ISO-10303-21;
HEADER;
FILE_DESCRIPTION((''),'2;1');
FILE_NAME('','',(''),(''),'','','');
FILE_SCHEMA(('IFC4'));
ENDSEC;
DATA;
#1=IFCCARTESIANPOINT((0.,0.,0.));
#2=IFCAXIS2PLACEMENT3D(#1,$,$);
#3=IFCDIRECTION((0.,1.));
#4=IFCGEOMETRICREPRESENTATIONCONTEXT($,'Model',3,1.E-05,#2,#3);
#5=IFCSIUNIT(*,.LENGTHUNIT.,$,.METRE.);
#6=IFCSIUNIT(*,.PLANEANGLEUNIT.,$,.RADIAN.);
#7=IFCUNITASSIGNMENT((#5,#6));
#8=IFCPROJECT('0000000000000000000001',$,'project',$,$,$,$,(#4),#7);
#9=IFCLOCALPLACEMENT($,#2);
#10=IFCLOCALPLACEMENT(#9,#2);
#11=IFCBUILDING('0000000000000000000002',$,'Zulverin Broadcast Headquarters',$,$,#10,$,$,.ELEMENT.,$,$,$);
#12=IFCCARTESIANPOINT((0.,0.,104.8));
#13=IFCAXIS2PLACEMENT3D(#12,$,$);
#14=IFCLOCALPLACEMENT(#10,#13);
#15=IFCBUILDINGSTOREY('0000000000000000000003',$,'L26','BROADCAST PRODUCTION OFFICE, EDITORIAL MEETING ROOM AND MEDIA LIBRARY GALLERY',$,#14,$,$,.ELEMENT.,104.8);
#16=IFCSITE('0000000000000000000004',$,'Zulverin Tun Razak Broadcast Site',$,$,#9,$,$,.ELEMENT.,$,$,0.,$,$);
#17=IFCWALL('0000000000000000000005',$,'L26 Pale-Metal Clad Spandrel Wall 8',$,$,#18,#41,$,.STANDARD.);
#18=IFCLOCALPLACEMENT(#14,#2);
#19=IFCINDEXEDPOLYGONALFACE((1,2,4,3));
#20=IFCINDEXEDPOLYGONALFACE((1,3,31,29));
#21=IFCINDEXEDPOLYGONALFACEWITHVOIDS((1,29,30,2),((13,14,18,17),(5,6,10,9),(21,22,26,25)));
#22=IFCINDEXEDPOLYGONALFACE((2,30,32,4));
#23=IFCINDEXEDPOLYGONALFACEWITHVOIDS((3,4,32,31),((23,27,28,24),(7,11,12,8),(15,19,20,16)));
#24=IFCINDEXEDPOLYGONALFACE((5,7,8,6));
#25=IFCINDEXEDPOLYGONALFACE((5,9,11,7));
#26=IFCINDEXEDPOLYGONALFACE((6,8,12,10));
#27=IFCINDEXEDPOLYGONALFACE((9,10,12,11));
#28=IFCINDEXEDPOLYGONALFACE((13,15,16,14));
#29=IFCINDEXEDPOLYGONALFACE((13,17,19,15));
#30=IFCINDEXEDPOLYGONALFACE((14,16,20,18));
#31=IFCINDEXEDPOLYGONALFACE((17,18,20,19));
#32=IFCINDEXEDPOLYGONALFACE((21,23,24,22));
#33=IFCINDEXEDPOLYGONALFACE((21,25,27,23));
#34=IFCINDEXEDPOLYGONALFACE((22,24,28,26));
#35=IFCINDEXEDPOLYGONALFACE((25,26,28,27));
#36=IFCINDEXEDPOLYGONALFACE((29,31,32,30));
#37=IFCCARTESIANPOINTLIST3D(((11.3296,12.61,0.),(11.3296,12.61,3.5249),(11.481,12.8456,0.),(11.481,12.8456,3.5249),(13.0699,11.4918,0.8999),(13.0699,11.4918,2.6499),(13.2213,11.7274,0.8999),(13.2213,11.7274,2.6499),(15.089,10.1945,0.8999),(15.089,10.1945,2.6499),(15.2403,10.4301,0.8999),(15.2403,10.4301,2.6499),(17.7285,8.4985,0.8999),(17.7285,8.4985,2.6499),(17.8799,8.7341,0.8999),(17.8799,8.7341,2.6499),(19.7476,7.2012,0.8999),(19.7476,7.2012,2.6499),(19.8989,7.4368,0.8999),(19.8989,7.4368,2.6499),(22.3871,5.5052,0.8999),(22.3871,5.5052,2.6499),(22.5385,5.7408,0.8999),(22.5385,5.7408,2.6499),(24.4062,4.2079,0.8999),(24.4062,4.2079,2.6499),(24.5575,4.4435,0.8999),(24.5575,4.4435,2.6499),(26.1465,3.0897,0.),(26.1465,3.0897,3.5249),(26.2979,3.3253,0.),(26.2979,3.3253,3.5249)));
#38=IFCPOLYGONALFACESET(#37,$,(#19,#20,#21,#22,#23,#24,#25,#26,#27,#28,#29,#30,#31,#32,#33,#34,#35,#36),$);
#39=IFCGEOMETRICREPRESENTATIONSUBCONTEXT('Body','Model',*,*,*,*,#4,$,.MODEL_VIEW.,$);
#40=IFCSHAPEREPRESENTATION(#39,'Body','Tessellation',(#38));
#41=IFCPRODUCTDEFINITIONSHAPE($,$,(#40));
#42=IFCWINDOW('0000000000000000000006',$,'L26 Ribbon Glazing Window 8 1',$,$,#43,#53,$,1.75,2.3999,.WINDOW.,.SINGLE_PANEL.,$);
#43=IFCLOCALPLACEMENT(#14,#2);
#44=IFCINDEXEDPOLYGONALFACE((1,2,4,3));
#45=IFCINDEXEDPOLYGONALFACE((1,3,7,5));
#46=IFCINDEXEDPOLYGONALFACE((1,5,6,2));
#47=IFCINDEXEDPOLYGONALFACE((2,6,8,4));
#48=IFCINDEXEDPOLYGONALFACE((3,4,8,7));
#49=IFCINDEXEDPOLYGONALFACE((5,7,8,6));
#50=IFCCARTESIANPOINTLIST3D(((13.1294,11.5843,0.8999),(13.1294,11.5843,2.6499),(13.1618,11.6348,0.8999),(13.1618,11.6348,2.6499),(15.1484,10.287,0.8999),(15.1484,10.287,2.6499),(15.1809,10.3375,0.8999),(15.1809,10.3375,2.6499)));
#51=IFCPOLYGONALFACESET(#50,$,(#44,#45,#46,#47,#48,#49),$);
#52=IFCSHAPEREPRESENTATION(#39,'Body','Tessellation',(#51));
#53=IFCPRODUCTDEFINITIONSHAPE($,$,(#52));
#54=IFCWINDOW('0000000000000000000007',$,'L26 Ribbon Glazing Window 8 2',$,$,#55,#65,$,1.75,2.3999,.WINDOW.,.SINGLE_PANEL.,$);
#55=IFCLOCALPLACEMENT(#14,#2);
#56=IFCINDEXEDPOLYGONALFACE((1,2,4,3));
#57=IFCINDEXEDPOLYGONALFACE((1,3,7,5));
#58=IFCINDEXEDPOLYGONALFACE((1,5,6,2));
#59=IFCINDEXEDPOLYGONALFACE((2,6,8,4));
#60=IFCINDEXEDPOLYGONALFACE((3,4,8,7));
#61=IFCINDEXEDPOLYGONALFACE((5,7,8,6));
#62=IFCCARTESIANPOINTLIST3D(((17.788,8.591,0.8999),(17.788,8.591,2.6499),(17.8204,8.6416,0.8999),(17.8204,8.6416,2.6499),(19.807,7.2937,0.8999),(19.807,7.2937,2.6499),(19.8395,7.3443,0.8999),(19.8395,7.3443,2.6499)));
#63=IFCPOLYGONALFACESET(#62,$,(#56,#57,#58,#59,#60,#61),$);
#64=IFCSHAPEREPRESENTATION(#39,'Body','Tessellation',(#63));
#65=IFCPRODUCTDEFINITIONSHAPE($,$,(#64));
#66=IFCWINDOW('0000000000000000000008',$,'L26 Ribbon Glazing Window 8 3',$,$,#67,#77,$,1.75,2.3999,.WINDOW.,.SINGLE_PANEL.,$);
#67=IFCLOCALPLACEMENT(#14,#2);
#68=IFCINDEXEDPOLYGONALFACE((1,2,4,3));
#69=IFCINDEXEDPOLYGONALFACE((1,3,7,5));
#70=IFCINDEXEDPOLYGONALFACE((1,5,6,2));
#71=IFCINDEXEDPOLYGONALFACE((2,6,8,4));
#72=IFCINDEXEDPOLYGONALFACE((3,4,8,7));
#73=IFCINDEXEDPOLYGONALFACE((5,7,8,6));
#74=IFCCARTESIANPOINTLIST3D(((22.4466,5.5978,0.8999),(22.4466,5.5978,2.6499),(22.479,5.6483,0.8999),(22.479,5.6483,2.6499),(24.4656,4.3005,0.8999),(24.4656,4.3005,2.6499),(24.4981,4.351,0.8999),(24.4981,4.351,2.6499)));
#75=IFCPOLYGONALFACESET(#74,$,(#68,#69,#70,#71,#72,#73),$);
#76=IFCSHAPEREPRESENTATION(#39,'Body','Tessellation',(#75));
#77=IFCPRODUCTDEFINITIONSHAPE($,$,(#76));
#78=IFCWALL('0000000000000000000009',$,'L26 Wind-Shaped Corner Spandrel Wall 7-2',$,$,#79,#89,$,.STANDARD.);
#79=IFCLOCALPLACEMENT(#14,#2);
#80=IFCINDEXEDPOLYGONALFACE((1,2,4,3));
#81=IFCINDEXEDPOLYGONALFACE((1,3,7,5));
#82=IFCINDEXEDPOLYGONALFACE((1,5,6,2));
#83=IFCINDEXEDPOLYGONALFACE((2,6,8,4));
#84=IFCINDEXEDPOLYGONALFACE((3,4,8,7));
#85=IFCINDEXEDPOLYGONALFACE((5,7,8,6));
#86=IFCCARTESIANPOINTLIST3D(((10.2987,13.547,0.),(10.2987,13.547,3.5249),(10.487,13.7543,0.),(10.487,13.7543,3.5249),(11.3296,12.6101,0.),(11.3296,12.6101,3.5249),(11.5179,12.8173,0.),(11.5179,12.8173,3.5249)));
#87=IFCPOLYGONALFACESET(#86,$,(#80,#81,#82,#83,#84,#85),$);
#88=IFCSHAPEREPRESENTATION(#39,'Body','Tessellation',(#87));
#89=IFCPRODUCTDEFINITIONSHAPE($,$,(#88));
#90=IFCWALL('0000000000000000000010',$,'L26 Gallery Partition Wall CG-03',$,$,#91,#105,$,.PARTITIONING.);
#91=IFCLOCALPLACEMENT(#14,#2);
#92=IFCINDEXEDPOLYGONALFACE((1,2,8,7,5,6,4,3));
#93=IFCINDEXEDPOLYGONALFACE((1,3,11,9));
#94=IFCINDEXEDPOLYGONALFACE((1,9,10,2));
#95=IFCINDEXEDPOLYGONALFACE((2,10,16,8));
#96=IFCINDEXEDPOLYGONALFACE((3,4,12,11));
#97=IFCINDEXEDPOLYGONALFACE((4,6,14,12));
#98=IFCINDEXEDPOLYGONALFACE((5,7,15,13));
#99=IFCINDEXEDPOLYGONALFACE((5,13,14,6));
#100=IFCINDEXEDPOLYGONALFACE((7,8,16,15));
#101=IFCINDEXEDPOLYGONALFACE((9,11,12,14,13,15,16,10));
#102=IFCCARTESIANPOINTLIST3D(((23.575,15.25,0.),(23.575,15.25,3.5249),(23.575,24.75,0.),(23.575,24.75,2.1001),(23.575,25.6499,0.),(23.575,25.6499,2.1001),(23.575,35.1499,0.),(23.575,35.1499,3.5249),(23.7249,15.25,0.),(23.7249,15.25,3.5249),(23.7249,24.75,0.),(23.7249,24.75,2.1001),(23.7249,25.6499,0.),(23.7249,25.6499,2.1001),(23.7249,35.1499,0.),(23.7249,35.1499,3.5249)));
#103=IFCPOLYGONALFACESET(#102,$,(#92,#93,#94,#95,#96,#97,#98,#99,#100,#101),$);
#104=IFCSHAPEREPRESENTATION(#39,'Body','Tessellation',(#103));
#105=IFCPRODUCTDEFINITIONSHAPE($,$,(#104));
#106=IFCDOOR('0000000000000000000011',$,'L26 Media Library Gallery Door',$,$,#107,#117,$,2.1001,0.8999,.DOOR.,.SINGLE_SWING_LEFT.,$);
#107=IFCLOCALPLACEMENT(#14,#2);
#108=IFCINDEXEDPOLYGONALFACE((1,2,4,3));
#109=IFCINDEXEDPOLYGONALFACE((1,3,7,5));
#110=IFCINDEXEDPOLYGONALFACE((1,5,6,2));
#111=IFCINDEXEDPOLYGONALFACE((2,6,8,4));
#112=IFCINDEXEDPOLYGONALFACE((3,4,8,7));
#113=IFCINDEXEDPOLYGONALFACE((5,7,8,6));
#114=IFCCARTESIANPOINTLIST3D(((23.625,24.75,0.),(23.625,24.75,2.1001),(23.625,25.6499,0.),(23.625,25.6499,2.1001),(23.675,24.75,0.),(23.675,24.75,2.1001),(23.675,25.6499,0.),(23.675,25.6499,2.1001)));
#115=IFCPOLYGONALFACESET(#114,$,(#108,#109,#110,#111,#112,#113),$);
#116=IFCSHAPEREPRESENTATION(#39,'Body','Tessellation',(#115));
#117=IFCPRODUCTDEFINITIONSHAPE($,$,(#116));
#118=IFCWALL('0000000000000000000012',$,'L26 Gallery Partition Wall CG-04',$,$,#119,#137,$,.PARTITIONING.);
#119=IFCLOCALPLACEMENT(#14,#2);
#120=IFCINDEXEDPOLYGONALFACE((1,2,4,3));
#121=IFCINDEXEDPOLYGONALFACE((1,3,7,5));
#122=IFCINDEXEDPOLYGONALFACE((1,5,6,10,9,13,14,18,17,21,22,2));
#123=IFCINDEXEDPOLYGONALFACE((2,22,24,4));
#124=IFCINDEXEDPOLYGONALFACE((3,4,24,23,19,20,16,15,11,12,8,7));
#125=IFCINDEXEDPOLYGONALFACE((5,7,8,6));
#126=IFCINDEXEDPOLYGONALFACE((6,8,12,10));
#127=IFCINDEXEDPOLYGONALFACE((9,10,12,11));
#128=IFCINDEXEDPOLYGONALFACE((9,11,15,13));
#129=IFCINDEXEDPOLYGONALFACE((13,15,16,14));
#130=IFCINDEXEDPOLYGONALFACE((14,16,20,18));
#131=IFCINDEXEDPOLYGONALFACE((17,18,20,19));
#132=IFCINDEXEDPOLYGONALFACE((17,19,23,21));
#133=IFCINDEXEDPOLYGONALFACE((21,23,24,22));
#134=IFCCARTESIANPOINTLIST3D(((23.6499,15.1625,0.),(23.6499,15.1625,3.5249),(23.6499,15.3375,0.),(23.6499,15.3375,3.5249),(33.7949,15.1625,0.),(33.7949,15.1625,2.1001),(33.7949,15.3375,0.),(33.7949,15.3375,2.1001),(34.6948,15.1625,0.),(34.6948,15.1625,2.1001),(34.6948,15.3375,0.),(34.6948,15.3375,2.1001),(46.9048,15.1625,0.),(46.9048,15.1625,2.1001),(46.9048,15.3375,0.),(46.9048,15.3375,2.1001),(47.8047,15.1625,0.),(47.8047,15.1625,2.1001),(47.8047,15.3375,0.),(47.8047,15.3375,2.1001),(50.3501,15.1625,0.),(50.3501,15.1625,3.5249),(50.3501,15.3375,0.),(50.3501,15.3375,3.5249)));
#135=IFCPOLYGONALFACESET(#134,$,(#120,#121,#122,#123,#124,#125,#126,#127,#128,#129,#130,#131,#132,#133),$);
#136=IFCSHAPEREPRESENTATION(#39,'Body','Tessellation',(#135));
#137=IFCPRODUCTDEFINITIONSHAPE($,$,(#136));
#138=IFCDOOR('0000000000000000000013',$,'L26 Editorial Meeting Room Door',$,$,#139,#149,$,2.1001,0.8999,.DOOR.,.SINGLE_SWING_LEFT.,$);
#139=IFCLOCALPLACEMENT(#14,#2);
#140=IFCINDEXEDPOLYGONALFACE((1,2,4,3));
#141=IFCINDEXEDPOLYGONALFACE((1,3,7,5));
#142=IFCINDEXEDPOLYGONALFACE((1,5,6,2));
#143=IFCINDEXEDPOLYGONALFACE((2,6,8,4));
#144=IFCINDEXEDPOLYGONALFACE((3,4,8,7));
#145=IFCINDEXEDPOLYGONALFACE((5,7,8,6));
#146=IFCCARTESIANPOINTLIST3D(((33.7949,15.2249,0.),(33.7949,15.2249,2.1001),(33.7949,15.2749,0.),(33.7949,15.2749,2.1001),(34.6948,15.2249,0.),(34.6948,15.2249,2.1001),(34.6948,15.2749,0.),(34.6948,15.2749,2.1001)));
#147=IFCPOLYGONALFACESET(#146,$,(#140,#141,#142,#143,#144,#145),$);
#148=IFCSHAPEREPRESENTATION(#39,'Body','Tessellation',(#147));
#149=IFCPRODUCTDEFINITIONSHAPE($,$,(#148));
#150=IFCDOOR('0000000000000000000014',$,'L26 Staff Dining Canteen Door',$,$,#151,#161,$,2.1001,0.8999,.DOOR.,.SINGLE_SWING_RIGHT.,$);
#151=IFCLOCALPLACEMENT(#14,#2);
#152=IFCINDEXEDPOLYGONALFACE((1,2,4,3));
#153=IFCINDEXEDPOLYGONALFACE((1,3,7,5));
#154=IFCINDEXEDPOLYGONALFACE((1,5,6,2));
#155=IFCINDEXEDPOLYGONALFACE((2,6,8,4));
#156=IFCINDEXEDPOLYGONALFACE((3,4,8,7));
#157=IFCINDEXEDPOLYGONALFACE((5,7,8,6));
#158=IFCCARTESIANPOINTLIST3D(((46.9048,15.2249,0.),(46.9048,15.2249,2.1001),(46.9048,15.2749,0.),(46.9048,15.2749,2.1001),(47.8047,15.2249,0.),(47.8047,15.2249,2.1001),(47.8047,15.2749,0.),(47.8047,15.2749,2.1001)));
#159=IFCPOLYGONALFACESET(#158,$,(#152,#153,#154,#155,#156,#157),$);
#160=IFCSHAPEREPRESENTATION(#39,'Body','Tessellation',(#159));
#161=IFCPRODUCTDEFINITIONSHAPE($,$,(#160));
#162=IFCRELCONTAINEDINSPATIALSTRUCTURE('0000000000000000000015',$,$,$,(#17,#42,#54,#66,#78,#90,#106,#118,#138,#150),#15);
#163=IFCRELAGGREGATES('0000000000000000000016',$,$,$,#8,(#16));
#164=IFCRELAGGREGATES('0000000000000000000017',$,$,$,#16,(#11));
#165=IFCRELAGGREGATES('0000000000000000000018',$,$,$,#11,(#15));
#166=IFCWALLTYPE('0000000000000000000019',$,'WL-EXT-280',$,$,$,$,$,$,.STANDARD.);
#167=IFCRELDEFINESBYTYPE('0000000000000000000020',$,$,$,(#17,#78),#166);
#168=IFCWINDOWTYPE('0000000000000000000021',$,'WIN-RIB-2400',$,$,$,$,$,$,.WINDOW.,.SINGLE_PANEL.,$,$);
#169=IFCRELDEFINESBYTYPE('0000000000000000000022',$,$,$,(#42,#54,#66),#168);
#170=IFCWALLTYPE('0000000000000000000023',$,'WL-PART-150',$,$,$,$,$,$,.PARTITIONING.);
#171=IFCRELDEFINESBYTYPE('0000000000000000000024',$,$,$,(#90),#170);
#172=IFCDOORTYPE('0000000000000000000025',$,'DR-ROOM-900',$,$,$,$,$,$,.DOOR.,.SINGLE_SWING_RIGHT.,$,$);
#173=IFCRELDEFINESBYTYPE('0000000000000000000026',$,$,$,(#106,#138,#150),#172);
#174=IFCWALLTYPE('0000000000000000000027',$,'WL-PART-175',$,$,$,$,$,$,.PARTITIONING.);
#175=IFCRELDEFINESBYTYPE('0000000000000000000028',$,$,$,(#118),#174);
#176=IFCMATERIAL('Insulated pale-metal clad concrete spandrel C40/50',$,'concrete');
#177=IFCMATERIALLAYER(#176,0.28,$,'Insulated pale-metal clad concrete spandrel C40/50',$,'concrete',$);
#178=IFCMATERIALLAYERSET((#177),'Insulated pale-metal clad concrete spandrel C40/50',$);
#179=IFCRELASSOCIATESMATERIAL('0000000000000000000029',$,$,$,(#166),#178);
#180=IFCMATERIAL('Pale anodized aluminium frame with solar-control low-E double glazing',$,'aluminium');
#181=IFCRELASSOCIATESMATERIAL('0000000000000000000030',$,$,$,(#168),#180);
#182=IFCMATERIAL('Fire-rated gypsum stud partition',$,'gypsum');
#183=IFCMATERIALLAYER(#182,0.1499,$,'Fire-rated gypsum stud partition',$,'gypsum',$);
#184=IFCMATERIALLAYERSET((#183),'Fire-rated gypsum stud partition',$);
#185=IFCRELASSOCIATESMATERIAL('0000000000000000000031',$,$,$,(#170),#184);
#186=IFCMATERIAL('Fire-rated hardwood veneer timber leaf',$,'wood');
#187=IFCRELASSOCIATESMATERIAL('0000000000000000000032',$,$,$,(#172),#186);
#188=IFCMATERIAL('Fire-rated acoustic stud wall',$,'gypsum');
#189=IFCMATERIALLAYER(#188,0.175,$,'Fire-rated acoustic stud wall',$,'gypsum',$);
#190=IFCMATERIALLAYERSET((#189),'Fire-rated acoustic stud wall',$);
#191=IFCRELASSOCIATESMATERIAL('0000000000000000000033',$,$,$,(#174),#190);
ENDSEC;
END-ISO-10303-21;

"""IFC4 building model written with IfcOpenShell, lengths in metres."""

from ifc_helpers import new_model, si_unit, direction, frame, frame_2d, origin, place, context, subcontext, project, spatial, rectangle, extrude, material, layer, layer_set, type_object, element, fill, save


model = new_model("IFC4")

# Units and contexts
model_context = context("Model", 3, precision=1e-05, world=origin(), true_north=direction((0.0, 1.0)))
body_context = subcontext(model_context, "Body", "Model", "MODEL_VIEW")
ifc_project = project(units=[si_unit("LENGTHUNIT", "METRE"), si_unit("PLANEANGLEUNIT", "RADIAN")], contexts=[model_context])

# Site, building, storey
site_placement = place(None, origin())
site = spatial("IfcSite", under=ifc_project, at=site_placement, Name="Zulverin Tun Razak Broadcast Site", CompositionType="ELEMENT", RefElevation=0.0)
building_placement = place(site_placement, origin())
building = spatial("IfcBuilding", under=site, at=building_placement, Name="Zulverin Broadcast Headquarters", CompositionType="ELEMENT")
storey_placement = place(building_placement, frame((0.0, 0.0, 104.8)))
storey = spatial("IfcBuildingStorey", under=building, at=storey_placement, Name="L26", Description="BROADCAST PRODUCTION OFFICE, EDITORIAL MEETING ROOM AND MEDIA LIBRARY GALLERY", CompositionType="ELEMENT", Elevation=104.8)

# Wall, openings, windows
ifc_material_1 = material(Name="Insulated pale-metal clad concrete spandrel C40/50", Category="concrete")
ifc_layer_1 = layer(ifc_material_1, 0.28, Name="Insulated pale-metal clad concrete spandrel C40/50", Category="concrete")
ifc_layer_set_1 = layer_set([ifc_layer_1], Name="Insulated pale-metal clad concrete spandrel C40/50")
wall_type_1 = type_object("IfcWallType", Name="WL-EXT-280", PredefinedType="STANDARD", material=ifc_layer_set_1)
wall_1_placement = place(storey_placement, frame((11.4053, 12.7278, 0.0), z_axis=(0.0, 0.0, 1.0), x_axis=(0.841305, -0.540561, 0.0)))
wall_1 = element("IfcWall", 1, at=wall_1_placement, inside=storey, type_object=wall_type_1, Name="L26 Pale-Metal Clad Spandrel Wall 8", PredefinedType="STANDARD", context=body_context, shape_type="SweptSolid", body=[
    extrude(rectangle(XDim=17.6118, YDim=0.28, at=frame_2d((8.8059, 0.0))), origin(), (0.0, 0.0, 1.0), 3.5249),
])
opening_1_placement = place(wall_1_placement, frame((2.0686, 0.0, 0.8999)))
opening_1 = element("IfcOpeningElement", 2, at=opening_1_placement, cuts=wall_1, PredefinedType="OPENING", context=body_context, shape_type="SweptSolid", body=[
    extrude(rectangle(XDim=2.3999, YDim=1.75, at=frame_2d((1.2, 0.875))), frame((0.0, 0.1499, 0.0), z_axis=(0.0, -1.0, 0.0), x_axis=(1.0, 0.0, 0.0)), (0.0, 0.0, 1.0), 0.3),
])
opening_2_placement = place(wall_1_placement, frame((7.606, 0.0, 0.8999)))
opening_2 = element("IfcOpeningElement", 3, at=opening_2_placement, cuts=wall_1, PredefinedType="OPENING", context=body_context, shape_type="SweptSolid", body=[
    extrude(rectangle(XDim=2.3999, YDim=1.75, at=frame_2d((1.2, 0.875))), frame((0.0, 0.1499, 0.0), z_axis=(0.0, -1.0, 0.0), x_axis=(1.0, 0.0, 0.0)), (0.0, 0.0, 1.0), 0.3),
])
opening_3_placement = place(wall_1_placement, frame((13.1433, 0.0, 0.8999)))
opening_3 = element("IfcOpeningElement", 4, at=opening_3_placement, cuts=wall_1, PredefinedType="OPENING", context=body_context, shape_type="SweptSolid", body=[
    extrude(rectangle(XDim=2.3999, YDim=1.75, at=frame_2d((1.2, 0.875))), frame((0.0, 0.1499, 0.0), z_axis=(0.0, -1.0, 0.0), x_axis=(1.0, 0.0, 0.0)), (0.0, 0.0, 1.0), 0.3),
])
ifc_material_2 = material(Name="Pale anodized aluminium frame with solar-control low-E double glazing", Category="aluminium")
window_type = type_object("IfcWindowType", Name="WIN-RIB-2400", PartitioningType="SINGLE_PANEL", PredefinedType="WINDOW", material=ifc_material_2)
window_1_placement = place(opening_1_placement, origin())
window_1 = element("IfcWindow", 5, at=window_1_placement, inside=storey, type_object=window_type, Name="L26 Ribbon Glazing Window 8 1", OverallHeight=1.75, OverallWidth=2.3999, PartitioningType="SINGLE_PANEL", PredefinedType="WINDOW", context=body_context, shape_type="SweptSolid", body=[
    extrude(rectangle(XDim=2.3999, YDim=1.75, at=frame_2d((1.2, 0.875))), frame((0.0, 0.03, 0.0), z_axis=(0.0, -1.0, 0.0), x_axis=(1.0, 0.0, 0.0)), (0.0, 0.0, 1.0), 0.0601),
])
fill(opening_1, window_1)
window_2_placement = place(opening_2_placement, origin())
window_2 = element("IfcWindow", 6, at=window_2_placement, inside=storey, type_object=window_type, Name="L26 Ribbon Glazing Window 8 2", OverallHeight=1.75, OverallWidth=2.3999, PartitioningType="SINGLE_PANEL", PredefinedType="WINDOW", context=body_context, shape_type="SweptSolid", body=[
    extrude(rectangle(XDim=2.3999, YDim=1.75, at=frame_2d((1.2, 0.875))), frame((0.0, 0.03, 0.0), z_axis=(0.0, -1.0, 0.0), x_axis=(1.0, 0.0, 0.0)), (0.0, 0.0, 1.0), 0.0601),
])
fill(opening_2, window_2)
window_3_placement = place(opening_3_placement, origin())
window_3 = element("IfcWindow", 7, at=window_3_placement, inside=storey, type_object=window_type, Name="L26 Ribbon Glazing Window 8 3", OverallHeight=1.75, OverallWidth=2.3999, PartitioningType="SINGLE_PANEL", PredefinedType="WINDOW", context=body_context, shape_type="SweptSolid", body=[
    extrude(rectangle(XDim=2.3999, YDim=1.75, at=frame_2d((1.2, 0.875))), frame((0.0, 0.03, 0.0), z_axis=(0.0, -1.0, 0.0), x_axis=(1.0, 0.0, 0.0)), (0.0, 0.0, 1.0), 0.0601),
])
fill(opening_3, window_3)

# Wall
wall_2_placement = place(storey_placement, frame((10.3928, 13.6506, 0.0), z_axis=(0.0, 0.0, 1.0), x_axis=(0.740035, -0.672568, 0.0)))
element("IfcWall", 8, at=wall_2_placement, inside=storey, type_object=wall_type_1, Name="L26 Wind-Shaped Corner Spandrel Wall 7-2", PredefinedType="STANDARD", context=body_context, shape_type="SweptSolid", body=[
    extrude(rectangle(XDim=1.3931, YDim=0.28, at=frame_2d((0.6965, 0.0))), origin(), (0.0, 0.0, 1.0), 3.5249),
])

# Wall, opening, door
ifc_material_3 = material(Name="Fire-rated gypsum stud partition", Category="gypsum")
ifc_layer_2 = layer(ifc_material_3, 0.1499, Name="Fire-rated gypsum stud partition", Category="gypsum")
ifc_layer_set_2 = layer_set([ifc_layer_2], Name="Fire-rated gypsum stud partition")
wall_type_2 = type_object("IfcWallType", Name="WL-PART-150", PredefinedType="PARTITIONING", material=ifc_layer_set_2)
wall_3_placement = place(storey_placement, frame((23.6499, 15.25, 0.0), z_axis=(0.0, 0.0, 1.0), x_axis=(0.0, 1.0, 0.0)))
wall_3 = element("IfcWall", 9, at=wall_3_placement, inside=storey, type_object=wall_type_2, Name="L26 Gallery Partition Wall CG-03", PredefinedType="PARTITIONING", context=body_context, shape_type="SweptSolid", body=[
    extrude(rectangle(XDim=19.8999, YDim=0.1499, at=frame_2d((9.95, 0.0))), origin(), (0.0, 0.0, 1.0), 3.5249),
])
opening_4_placement = place(wall_3_placement, frame((9.5, 0.0, 0.0)))
opening_4 = element("IfcOpeningElement", 10, at=opening_4_placement, cuts=wall_3, PredefinedType="OPENING", context=body_context, shape_type="SweptSolid", body=[
    extrude(rectangle(XDim=0.8999, YDim=2.1001, at=frame_2d((0.45, 1.05))), frame((0.0, 0.085, 0.0), z_axis=(0.0, -1.0, 0.0), x_axis=(1.0, 0.0, 0.0)), (0.0, 0.0, 1.0), 0.1699),
])
ifc_material_4 = material(Name="Fire-rated hardwood veneer timber leaf", Category="wood")
door_type = type_object("IfcDoorType", Name="DR-ROOM-900", OperationType="SINGLE_SWING_RIGHT", PredefinedType="DOOR", material=ifc_material_4)
door_1_placement = place(opening_4_placement, origin())
door_1 = element("IfcDoor", 11, at=door_1_placement, inside=storey, type_object=door_type, Name="L26 Media Library Gallery Door", OperationType="SINGLE_SWING_LEFT", OverallHeight=2.1001, OverallWidth=0.8999, PredefinedType="DOOR", context=body_context, shape_type="SweptSolid", body=[
    extrude(rectangle(XDim=0.8999, YDim=2.1001, at=frame_2d((0.45, 1.05))), frame((0.0, 0.0249, 0.0), z_axis=(0.0, -1.0, 0.0), x_axis=(1.0, 0.0, 0.0)), (0.0, 0.0, 1.0), 0.05),
])
fill(opening_4, door_1)

# Wall, openings, doors
ifc_material_5 = material(Name="Fire-rated acoustic stud wall", Category="gypsum")
ifc_layer_3 = layer(ifc_material_5, 0.175, Name="Fire-rated acoustic stud wall", Category="gypsum")
ifc_layer_set_3 = layer_set([ifc_layer_3], Name="Fire-rated acoustic stud wall")
wall_type_3 = type_object("IfcWallType", Name="WL-PART-175", PredefinedType="PARTITIONING", material=ifc_layer_set_3)
wall_4_placement = place(storey_placement, frame((23.6499, 15.25, 0.0), z_axis=(0.0, 0.0, 1.0), x_axis=(1.0, 0.0, 0.0)))
wall_4 = element("IfcWall", 12, at=wall_4_placement, inside=storey, type_object=wall_type_3, Name="L26 Gallery Partition Wall CG-04", PredefinedType="PARTITIONING", context=body_context, shape_type="SweptSolid", body=[
    extrude(rectangle(XDim=26.7002, YDim=0.175, at=frame_2d((13.3501, 0.0))), origin(), (0.0, 0.0, 1.0), 3.5249),
])
opening_5_placement = place(wall_4_placement, frame((10.145, 0.0, 0.0)))
opening_5 = element("IfcOpeningElement", 13, at=opening_5_placement, cuts=wall_4, PredefinedType="OPENING", context=body_context, shape_type="SweptSolid", body=[
    extrude(rectangle(XDim=0.8999, YDim=2.1001, at=frame_2d((0.45, 1.05))), frame((0.0, 0.0974, 0.0), z_axis=(0.0, -1.0, 0.0), x_axis=(1.0, 0.0, 0.0)), (0.0, 0.0, 1.0), 0.1951),
])
opening_6_placement = place(wall_4_placement, frame((23.2549, 0.0, 0.0)))
opening_6 = element("IfcOpeningElement", 14, at=opening_6_placement, cuts=wall_4, PredefinedType="OPENING", context=body_context, shape_type="SweptSolid", body=[
    extrude(rectangle(XDim=0.8999, YDim=2.1001, at=frame_2d((0.45, 1.05))), frame((0.0, 0.0974, 0.0), z_axis=(0.0, -1.0, 0.0), x_axis=(1.0, 0.0, 0.0)), (0.0, 0.0, 1.0), 0.1951),
])
door_2_placement = place(opening_5_placement, origin())
door_2 = element("IfcDoor", 15, at=door_2_placement, inside=storey, type_object=door_type, Name="L26 Editorial Meeting Room Door", OperationType="SINGLE_SWING_LEFT", OverallHeight=2.1001, OverallWidth=0.8999, PredefinedType="DOOR", context=body_context, shape_type="SweptSolid", body=[
    extrude(rectangle(XDim=0.8999, YDim=2.1001, at=frame_2d((0.45, 1.05))), frame((0.0, 0.0249, 0.0), z_axis=(0.0, -1.0, 0.0), x_axis=(1.0, 0.0, 0.0)), (0.0, 0.0, 1.0), 0.05),
])
fill(opening_5, door_2)
door_3_placement = place(opening_6_placement, origin())
door_3 = element("IfcDoor", 16, at=door_3_placement, inside=storey, type_object=door_type, Name="L26 Staff Dining Canteen Door", OperationType="SINGLE_SWING_RIGHT", OverallHeight=2.1001, OverallWidth=0.8999, PredefinedType="DOOR", context=body_context, shape_type="SweptSolid", body=[
    extrude(rectangle(XDim=0.8999, YDim=2.1001, at=frame_2d((0.45, 1.05))), frame((0.0, 0.0249, 0.0), z_axis=(0.0, -1.0, 0.0), x_axis=(1.0, 0.0, 0.0)), (0.0, 0.0, 1.0), 0.05),
])
fill(opening_6, door_3)

save(model, "model.ifc")
